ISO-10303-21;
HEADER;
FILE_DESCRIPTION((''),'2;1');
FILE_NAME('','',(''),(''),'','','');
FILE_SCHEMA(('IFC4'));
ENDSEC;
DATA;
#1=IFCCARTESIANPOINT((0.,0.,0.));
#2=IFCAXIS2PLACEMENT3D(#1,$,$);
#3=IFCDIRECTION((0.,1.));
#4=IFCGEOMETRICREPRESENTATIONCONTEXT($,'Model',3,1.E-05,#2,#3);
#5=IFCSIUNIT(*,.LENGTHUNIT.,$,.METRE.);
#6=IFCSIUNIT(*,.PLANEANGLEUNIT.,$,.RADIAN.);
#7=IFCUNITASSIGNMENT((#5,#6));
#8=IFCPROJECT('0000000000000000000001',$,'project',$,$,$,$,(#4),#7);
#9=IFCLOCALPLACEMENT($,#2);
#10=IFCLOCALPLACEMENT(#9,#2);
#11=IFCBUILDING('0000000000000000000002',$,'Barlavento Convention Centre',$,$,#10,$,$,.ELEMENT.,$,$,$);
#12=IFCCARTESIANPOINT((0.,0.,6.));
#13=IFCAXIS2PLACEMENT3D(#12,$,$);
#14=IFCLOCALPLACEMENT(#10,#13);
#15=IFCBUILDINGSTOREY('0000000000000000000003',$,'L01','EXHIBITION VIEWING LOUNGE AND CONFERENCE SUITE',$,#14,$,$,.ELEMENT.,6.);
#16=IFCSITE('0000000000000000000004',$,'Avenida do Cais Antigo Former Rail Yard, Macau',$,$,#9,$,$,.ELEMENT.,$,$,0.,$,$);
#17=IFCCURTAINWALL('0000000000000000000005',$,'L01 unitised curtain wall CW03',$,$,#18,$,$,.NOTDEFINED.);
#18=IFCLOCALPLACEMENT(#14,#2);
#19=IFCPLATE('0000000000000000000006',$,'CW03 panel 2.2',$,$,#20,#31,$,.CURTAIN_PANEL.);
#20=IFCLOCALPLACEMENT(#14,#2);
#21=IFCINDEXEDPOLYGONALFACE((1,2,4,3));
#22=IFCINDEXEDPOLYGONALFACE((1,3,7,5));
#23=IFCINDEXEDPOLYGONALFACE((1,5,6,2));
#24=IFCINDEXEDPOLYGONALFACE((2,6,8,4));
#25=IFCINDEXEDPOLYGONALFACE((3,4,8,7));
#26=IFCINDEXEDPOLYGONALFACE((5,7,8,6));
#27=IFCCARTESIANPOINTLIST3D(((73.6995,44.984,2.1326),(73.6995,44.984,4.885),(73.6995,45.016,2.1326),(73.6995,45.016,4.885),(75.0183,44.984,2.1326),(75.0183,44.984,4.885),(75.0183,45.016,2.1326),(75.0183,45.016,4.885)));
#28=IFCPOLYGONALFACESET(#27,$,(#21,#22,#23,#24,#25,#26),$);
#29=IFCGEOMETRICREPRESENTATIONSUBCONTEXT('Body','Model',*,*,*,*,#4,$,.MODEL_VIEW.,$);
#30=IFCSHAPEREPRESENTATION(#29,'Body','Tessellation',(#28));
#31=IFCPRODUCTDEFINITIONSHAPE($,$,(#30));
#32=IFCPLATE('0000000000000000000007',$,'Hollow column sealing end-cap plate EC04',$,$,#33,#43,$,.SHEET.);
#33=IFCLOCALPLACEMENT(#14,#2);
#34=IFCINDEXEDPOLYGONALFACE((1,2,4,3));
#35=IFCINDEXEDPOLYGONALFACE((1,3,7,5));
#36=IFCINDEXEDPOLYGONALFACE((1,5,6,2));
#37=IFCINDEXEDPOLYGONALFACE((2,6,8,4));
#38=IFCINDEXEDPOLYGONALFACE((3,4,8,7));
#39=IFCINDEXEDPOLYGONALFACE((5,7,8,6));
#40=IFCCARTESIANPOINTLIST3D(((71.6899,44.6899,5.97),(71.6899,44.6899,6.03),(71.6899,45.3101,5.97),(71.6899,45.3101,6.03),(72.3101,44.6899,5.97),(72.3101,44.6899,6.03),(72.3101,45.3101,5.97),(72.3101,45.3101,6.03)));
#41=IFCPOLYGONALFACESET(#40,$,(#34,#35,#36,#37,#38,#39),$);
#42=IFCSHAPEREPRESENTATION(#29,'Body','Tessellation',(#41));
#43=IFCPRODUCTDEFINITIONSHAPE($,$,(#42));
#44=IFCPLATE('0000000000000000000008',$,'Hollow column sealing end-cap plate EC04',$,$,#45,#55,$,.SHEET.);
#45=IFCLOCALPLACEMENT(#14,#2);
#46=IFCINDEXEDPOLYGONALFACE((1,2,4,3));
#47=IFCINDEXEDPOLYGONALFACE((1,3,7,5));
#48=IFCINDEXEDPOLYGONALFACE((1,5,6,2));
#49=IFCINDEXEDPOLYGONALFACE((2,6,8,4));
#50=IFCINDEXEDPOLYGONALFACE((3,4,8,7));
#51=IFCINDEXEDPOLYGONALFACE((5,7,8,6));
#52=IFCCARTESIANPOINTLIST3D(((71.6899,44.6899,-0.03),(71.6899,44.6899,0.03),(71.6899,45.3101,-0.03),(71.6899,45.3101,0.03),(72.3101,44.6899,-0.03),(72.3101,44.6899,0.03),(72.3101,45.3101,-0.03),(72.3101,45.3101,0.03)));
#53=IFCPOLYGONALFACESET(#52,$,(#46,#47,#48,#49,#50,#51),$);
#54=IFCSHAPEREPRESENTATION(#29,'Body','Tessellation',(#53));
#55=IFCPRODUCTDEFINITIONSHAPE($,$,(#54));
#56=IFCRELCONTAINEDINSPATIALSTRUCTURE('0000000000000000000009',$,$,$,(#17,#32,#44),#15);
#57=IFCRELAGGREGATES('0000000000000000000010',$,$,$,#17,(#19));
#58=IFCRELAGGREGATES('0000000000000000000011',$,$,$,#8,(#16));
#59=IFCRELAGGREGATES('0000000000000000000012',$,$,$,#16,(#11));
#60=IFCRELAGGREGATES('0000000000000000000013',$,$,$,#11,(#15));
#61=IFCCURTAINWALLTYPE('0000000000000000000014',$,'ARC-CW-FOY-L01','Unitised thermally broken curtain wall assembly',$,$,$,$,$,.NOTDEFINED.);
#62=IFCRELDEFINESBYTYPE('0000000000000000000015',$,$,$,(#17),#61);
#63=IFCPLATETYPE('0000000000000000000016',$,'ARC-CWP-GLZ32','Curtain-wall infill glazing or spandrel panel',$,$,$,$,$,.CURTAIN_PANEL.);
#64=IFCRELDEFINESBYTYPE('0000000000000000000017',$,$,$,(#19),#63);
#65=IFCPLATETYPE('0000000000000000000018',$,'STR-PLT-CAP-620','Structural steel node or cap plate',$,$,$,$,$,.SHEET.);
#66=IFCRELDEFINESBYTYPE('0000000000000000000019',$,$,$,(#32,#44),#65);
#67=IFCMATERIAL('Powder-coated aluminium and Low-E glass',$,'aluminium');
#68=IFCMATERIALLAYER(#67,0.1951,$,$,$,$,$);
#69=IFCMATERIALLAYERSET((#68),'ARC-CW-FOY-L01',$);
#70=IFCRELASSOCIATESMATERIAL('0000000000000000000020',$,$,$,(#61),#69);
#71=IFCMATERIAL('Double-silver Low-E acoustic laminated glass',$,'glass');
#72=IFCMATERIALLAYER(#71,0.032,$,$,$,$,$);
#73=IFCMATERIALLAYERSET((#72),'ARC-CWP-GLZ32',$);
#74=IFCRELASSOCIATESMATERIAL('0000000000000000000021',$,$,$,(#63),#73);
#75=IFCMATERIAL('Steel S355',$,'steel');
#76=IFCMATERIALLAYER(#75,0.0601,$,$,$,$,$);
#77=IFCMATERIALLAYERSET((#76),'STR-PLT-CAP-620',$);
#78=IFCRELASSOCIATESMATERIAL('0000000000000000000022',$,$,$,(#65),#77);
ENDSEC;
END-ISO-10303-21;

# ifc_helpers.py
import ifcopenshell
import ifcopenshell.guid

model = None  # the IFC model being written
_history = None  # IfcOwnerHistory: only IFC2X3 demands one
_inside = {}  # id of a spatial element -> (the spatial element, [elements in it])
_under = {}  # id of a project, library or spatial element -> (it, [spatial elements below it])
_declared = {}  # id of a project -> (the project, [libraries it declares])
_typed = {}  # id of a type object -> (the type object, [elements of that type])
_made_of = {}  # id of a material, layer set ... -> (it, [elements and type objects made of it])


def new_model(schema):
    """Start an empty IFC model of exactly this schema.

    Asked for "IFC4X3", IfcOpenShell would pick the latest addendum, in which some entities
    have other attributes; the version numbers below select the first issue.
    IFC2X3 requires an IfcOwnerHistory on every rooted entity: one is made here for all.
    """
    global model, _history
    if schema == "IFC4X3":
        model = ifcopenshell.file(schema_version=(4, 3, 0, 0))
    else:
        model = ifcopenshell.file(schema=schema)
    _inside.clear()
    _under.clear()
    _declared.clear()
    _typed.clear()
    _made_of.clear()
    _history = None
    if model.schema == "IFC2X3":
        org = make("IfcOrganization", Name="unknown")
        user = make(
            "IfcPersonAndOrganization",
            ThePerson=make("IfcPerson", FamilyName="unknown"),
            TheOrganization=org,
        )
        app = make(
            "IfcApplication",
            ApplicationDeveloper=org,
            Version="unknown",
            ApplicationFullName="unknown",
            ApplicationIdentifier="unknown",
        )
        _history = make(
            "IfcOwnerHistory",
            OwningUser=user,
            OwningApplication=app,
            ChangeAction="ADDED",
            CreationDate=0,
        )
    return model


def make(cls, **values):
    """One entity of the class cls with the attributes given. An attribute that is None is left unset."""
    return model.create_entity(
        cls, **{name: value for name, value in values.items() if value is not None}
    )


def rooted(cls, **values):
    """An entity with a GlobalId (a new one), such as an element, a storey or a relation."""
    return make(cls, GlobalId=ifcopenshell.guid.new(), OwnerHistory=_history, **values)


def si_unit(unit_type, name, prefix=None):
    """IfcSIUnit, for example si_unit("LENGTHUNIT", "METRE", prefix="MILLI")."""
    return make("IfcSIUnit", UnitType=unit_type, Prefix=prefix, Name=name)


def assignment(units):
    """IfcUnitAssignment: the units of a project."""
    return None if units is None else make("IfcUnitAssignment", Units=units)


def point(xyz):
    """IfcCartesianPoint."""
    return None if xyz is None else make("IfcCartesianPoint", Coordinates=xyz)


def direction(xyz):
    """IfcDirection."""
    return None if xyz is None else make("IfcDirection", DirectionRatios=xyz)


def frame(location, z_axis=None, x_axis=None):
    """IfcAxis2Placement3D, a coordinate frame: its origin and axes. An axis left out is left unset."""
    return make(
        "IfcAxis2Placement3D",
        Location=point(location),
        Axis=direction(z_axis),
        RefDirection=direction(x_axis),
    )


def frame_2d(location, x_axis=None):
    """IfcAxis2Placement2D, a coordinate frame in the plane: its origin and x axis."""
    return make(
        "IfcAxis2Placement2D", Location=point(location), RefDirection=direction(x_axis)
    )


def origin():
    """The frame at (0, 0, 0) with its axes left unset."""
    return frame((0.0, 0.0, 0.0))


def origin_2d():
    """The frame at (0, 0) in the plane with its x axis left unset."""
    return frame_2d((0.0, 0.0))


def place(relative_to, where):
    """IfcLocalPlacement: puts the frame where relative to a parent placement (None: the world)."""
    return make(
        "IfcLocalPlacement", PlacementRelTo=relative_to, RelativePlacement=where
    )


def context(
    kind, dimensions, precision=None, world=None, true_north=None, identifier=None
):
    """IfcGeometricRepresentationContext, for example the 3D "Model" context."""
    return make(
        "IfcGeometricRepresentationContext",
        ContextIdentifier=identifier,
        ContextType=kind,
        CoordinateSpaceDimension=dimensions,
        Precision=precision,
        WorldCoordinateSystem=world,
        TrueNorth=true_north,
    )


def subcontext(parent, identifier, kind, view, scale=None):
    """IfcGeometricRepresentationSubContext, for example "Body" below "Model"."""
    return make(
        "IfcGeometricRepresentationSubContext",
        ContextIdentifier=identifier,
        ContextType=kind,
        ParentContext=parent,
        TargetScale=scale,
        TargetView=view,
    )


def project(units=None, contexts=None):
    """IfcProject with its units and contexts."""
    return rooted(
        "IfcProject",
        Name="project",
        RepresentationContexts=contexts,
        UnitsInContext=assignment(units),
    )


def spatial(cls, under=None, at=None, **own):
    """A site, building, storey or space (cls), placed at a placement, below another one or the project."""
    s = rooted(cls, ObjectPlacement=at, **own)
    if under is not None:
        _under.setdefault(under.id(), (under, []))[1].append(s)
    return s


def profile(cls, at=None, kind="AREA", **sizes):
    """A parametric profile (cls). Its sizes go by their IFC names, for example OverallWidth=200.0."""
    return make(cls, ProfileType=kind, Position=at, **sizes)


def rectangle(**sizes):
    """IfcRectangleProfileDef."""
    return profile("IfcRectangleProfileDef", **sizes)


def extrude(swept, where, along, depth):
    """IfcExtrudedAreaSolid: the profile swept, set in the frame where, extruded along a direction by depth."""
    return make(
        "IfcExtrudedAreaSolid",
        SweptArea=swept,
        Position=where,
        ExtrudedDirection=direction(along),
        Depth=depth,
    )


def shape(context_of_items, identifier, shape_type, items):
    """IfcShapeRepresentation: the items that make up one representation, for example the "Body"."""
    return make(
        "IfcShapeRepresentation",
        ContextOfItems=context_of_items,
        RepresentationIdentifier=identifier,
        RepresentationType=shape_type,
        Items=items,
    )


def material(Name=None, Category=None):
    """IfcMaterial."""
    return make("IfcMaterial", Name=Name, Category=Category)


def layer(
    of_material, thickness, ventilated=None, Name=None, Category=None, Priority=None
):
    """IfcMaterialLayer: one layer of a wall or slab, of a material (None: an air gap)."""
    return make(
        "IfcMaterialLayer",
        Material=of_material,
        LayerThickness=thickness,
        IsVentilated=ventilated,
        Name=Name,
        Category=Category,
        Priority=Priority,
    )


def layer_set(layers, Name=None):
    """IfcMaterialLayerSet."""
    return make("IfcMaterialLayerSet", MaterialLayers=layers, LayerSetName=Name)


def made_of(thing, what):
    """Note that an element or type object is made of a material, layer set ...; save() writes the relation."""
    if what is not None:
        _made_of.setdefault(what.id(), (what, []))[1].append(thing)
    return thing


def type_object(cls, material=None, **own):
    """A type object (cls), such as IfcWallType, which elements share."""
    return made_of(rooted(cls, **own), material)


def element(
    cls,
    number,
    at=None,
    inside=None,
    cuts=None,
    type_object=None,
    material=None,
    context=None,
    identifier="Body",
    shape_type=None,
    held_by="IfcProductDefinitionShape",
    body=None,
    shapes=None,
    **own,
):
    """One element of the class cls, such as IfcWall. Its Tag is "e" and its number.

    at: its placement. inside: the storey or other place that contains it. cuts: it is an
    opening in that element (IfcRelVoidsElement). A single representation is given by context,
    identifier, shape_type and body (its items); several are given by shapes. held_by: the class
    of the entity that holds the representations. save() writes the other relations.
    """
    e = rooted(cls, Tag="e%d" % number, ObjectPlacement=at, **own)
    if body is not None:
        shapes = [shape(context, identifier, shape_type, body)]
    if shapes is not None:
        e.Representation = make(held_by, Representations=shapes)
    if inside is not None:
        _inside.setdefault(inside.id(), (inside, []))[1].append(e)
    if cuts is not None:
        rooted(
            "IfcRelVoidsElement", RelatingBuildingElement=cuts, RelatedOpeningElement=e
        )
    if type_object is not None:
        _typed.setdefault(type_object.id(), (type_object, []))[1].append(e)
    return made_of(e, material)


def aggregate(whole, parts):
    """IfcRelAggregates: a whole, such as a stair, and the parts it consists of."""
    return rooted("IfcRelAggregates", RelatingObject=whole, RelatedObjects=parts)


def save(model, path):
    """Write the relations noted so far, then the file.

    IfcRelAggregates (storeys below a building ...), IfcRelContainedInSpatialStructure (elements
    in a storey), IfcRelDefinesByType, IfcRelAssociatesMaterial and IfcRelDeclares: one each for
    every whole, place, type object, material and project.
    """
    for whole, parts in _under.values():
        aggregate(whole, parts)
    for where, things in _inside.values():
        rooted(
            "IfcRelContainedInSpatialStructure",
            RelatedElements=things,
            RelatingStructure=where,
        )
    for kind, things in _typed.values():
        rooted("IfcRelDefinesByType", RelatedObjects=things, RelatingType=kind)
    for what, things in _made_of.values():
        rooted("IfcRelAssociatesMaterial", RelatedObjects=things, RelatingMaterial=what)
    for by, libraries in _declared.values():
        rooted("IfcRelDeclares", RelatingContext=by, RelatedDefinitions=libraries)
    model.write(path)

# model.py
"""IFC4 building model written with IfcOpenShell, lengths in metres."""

from ifc_helpers import new_model, si_unit, direction, frame, origin, origin_2d, place, context, subcontext, project, spatial, rectangle, extrude, material, layer, layer_set, type_object, element, aggregate, save


model = new_model("IFC4")

# Units and contexts
model_context = context("Model", 3, precision=1e-05, world=origin(), true_north=direction((0.0, 1.0)))
body_context = subcontext(model_context, "Body", "Model", "MODEL_VIEW")
ifc_project = project(units=[si_unit("LENGTHUNIT", "METRE"), si_unit("PLANEANGLEUNIT", "RADIAN")], contexts=[model_context])

# Site, building, storey
site_placement = place(None, origin())
site = spatial("IfcSite", under=ifc_project, at=site_placement, Name="Avenida do Cais Antigo Former Rail Yard, Macau", CompositionType="ELEMENT", RefElevation=0.0)
building_placement = place(site_placement, origin())
building = spatial("IfcBuilding", under=site, at=building_placement, Name="Barlavento Convention Centre", CompositionType="ELEMENT")
storey_placement = place(building_placement, frame((0.0, 0.0, 6.0)))
storey = spatial("IfcBuildingStorey", under=building, at=storey_placement, Name="L01", Description="EXHIBITION VIEWING LOUNGE AND CONFERENCE SUITE", CompositionType="ELEMENT", Elevation=6.0)

# Shared definitions
ifc_material_1 = material(Name="Steel S355", Category="steel")

# Shared definitions
ifc_material_2 = material(Name="Powder-coated aluminium and Low-E glass", Category="aluminium")
ifc_layer_1 = layer(ifc_material_2, 0.1951)
ifc_layer_set_1 = layer_set([ifc_layer_1], Name="ARC-CW-FOY-L01")
curtain_wall_type = type_object("IfcCurtainWallType", Name="ARC-CW-FOY-L01", Description="Unitised thermally broken curtain wall assembly", PredefinedType="NOTDEFINED", material=ifc_layer_set_1)

# Curtain wall
curtain_wall_1_placement = place(storey_placement, origin())
curtain_wall_1 = element("IfcCurtainWall", 1, at=curtain_wall_1_placement, inside=storey, type_object=curtain_wall_type, Name="L01 unitised curtain wall CW03", PredefinedType="NOTDEFINED")

# Plate
ifc_material_3 = material(Name="Double-silver Low-E acoustic laminated glass", Category="glass")
ifc_layer_2 = layer(ifc_material_3, 0.032)
ifc_layer_set_2 = layer_set([ifc_layer_2], Name="ARC-CWP-GLZ32")
plate_type_1 = type_object("IfcPlateType", Name="ARC-CWP-GLZ32", Description="Curtain-wall infill glazing or spandrel panel", PredefinedType="CURTAIN_PANEL", material=ifc_layer_set_2)
plate_1_placement = place(storey_placement, frame((74.3589, 45.0, 2.1326), z_axis=(0.0, 0.0, 1.0), x_axis=(1.0, 0.0, 0.0)))
plate_1 = element("IfcPlate", 2, at=plate_1_placement, type_object=plate_type_1, Name="CW03 panel 2.2", PredefinedType="CURTAIN_PANEL", context=body_context, shape_type="SweptSolid", body=[
    extrude(rectangle(XDim=1.3188, YDim=0.032, at=origin_2d()), origin(), (0.0, 0.0, 1.0), 2.7524),
])
aggregate(curtain_wall_1, [plate_1])

# Plates
ifc_layer_3 = layer(ifc_material_1, 0.0601)
ifc_layer_set_3 = layer_set([ifc_layer_3], Name="STR-PLT-CAP-620")
plate_type_2 = type_object("IfcPlateType", Name="STR-PLT-CAP-620", Description="Structural steel node or cap plate", PredefinedType="SHEET", material=ifc_layer_set_3)
for number, where, z_axis, x_axis, name in (
    (3, (72.0, 45.0, 5.97), (0.0, 0.0, 1.0), (1.0, 0.0, 0.0), "Hollow column sealing end-cap plate EC04"),
    (4, (72.0, 45.0, -0.03), (0.0, 0.0, 1.0), (1.0, 0.0, 0.0), "Hollow column sealing end-cap plate EC04"),
):
    element("IfcPlate", number, at=place(storey_placement, frame(where, z_axis=z_axis, x_axis=x_axis)), inside=storey, type_object=plate_type_2, Name=name, PredefinedType="SHEET", context=body_context, shape_type="SweptSolid", body=[
        extrude(rectangle(XDim=0.6201, YDim=0.6201, at=origin_2d()), origin(), (0.0, 0.0, 1.0), 0.0601),
    ])

save(model, "model.ifc")
